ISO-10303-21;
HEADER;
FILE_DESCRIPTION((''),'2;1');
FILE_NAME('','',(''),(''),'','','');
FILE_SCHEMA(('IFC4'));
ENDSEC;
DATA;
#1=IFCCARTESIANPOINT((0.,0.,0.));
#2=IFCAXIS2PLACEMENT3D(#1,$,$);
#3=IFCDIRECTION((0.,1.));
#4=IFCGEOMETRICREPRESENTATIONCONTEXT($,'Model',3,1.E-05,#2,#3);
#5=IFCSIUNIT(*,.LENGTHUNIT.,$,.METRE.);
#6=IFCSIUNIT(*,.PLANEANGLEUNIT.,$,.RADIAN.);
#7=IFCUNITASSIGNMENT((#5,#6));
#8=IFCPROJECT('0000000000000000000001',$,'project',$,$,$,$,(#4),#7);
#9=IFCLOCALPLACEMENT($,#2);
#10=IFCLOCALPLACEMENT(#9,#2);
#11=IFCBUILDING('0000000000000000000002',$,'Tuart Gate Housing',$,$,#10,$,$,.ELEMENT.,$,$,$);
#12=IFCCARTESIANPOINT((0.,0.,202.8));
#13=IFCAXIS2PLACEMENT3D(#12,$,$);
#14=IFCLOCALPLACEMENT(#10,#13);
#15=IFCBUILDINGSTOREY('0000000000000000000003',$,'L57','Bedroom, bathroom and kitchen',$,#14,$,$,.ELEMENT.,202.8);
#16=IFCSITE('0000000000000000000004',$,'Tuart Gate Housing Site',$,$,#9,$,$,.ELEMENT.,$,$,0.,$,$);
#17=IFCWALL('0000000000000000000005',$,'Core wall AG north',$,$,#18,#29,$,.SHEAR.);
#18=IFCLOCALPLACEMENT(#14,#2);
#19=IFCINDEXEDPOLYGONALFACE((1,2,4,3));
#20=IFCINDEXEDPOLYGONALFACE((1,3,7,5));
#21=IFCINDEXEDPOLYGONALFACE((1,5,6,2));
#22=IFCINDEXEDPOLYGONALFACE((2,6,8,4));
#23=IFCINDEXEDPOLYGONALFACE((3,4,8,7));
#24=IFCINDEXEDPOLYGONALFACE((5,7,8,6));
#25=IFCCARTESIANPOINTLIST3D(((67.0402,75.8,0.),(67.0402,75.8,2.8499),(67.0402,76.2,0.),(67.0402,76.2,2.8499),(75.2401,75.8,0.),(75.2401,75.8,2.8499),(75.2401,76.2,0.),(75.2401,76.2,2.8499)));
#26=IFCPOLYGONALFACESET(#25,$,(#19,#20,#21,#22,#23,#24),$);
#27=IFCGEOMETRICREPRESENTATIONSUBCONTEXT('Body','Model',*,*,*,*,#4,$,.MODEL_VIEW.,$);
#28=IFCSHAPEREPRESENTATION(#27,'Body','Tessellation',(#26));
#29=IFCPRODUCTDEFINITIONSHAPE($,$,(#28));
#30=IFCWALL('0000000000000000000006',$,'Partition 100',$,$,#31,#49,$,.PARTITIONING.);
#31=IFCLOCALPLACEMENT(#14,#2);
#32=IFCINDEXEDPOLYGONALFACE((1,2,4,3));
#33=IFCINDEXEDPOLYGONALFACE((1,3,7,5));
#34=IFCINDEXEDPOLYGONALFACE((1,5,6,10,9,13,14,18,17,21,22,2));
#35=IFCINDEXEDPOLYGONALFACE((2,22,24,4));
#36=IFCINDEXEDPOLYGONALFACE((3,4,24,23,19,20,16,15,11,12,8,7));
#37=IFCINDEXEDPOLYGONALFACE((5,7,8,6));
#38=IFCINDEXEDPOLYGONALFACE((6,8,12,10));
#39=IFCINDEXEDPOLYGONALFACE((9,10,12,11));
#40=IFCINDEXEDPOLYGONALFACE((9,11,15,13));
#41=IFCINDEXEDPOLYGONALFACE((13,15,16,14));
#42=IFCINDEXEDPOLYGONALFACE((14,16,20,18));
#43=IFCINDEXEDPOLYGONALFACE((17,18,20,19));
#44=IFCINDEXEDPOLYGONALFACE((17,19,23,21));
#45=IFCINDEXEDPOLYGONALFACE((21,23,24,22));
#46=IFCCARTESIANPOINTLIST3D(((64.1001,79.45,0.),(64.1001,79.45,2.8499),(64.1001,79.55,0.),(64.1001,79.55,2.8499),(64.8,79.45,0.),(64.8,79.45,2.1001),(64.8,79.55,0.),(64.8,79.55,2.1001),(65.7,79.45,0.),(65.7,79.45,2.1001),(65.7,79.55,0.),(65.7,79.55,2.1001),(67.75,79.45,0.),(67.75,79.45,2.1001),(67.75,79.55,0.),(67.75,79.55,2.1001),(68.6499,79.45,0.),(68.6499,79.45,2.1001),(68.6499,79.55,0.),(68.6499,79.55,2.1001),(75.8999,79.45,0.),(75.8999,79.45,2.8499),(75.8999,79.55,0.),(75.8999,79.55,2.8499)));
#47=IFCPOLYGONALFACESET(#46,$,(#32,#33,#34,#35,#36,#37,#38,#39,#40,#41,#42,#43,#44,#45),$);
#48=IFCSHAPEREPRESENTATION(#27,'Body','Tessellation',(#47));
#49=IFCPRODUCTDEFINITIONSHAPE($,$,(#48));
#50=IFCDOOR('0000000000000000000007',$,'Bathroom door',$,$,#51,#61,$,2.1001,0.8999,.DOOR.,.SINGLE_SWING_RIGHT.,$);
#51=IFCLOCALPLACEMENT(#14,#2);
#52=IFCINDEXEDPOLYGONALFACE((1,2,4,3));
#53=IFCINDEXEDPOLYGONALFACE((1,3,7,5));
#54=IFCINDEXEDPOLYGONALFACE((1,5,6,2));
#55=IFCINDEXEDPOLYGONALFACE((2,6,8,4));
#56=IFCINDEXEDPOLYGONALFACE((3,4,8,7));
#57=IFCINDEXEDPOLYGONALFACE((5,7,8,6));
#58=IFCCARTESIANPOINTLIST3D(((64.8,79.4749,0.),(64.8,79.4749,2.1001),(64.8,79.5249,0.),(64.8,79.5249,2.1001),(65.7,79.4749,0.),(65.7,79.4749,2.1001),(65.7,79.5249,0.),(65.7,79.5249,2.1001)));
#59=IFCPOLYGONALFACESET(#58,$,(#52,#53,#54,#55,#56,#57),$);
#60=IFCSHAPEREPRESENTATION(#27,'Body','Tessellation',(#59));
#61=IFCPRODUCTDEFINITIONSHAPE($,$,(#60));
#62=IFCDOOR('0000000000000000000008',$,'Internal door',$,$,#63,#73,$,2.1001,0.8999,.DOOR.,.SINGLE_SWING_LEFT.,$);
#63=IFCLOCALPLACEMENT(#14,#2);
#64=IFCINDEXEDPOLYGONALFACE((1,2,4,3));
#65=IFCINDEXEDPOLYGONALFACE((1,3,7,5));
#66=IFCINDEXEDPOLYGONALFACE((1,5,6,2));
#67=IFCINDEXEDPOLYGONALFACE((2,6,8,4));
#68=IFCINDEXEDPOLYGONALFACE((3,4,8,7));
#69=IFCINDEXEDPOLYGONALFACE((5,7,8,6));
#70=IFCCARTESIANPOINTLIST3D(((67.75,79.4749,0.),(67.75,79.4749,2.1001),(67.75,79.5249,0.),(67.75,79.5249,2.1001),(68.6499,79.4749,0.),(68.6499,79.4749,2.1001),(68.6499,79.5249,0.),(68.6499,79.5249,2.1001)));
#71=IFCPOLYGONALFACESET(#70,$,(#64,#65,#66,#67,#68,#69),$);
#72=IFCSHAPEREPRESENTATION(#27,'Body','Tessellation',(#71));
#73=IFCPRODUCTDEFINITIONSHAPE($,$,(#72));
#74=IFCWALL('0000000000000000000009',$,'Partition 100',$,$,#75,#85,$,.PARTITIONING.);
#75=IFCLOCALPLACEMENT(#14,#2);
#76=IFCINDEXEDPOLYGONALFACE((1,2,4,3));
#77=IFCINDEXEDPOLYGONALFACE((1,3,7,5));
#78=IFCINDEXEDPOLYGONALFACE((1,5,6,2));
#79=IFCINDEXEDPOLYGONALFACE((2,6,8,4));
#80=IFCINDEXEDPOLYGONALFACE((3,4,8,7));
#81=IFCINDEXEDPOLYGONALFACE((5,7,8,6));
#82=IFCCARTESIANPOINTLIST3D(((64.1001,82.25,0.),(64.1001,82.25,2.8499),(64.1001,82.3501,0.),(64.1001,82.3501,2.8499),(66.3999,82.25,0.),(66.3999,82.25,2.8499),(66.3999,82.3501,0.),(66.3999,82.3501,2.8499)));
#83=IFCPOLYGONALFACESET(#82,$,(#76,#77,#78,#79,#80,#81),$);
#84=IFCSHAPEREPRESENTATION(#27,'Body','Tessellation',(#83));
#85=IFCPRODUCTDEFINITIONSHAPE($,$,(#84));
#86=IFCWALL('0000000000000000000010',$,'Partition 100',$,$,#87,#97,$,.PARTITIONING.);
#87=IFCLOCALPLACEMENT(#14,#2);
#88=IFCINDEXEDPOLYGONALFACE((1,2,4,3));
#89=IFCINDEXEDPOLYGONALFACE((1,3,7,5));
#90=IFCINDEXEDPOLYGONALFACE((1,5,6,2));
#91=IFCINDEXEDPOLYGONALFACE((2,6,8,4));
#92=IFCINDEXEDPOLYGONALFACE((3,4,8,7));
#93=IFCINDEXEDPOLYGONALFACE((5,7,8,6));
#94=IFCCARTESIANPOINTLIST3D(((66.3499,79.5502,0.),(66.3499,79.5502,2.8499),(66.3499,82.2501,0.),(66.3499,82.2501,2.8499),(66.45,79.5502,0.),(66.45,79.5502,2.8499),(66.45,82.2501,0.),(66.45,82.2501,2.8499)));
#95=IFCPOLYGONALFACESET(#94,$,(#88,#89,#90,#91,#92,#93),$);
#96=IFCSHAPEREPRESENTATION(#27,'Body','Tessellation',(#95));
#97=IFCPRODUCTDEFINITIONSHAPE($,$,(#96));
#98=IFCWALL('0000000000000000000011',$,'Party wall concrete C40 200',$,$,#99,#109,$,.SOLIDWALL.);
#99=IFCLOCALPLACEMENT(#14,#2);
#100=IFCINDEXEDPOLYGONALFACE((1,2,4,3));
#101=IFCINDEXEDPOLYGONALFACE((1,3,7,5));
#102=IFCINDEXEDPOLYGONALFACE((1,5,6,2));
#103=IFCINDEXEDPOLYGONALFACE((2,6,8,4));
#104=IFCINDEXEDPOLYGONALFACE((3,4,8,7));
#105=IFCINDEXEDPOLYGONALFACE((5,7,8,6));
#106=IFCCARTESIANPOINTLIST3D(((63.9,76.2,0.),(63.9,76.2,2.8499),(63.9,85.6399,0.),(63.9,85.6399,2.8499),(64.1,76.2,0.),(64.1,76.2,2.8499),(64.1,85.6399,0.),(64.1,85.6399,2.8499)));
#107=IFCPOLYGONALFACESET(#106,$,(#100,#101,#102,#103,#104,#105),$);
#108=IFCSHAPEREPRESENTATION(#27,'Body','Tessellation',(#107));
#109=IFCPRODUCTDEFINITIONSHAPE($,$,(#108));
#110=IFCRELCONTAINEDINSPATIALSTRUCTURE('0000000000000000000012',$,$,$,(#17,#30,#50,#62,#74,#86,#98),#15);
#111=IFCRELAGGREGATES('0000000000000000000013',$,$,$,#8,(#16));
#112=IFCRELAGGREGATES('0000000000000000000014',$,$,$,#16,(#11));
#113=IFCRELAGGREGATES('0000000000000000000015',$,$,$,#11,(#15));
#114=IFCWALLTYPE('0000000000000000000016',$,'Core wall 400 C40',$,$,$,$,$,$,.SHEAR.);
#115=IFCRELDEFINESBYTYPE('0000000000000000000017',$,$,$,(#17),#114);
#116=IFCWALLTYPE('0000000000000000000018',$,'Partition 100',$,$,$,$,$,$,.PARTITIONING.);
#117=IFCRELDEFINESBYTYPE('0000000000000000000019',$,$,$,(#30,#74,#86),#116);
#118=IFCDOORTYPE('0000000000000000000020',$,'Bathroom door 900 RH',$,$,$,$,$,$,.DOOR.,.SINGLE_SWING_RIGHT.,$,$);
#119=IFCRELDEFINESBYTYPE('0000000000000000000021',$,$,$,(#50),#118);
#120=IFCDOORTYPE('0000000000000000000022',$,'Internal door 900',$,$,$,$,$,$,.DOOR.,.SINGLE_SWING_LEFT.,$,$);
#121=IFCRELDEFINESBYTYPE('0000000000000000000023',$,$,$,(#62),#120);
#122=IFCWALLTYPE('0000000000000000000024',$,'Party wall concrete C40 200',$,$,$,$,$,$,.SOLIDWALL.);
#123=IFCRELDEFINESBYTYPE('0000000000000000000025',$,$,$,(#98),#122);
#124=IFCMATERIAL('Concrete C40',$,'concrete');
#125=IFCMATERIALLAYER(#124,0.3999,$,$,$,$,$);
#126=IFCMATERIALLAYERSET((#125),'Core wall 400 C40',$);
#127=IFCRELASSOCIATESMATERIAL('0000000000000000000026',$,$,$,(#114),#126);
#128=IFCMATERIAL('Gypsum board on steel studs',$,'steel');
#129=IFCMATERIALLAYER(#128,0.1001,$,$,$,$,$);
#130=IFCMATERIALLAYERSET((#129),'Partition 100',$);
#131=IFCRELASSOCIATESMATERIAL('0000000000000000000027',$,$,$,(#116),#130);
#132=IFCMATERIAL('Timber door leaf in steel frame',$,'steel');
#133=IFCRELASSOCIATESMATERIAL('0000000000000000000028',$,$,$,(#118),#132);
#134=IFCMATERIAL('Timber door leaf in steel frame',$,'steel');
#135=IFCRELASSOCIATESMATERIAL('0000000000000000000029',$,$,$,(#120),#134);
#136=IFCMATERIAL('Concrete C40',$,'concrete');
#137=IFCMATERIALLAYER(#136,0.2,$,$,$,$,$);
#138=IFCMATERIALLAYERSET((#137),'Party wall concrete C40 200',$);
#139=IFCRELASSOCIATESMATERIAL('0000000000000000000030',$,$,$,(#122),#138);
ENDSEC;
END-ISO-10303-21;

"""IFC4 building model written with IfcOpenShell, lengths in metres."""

from ifc_helpers import new_model, si_unit, direction, frame, frame_2d, origin, place, context, subcontext, project, spatial, rectangle, extrude, material, layer, layer_set, type_object, element, fill, save


model = new_model("IFC4")

# Units and contexts
model_context = context("Model", 3, precision=1e-05, world=origin(), true_north=direction((0.0, 1.0)))
body_context = subcontext(model_context, "Body", "Model", "MODEL_VIEW")
ifc_project = project(units=[si_unit("LENGTHUNIT", "METRE"), si_unit("PLANEANGLEUNIT", "RADIAN")], contexts=[model_context])

# Site, building, storey
site_placement = place(None, origin())
site = spatial("IfcSite", under=ifc_project, at=site_placement, Name="Tuart Gate Housing Site", CompositionType="ELEMENT", RefElevation=0.0)
building_placement = place(site_placement, origin())
building = spatial("IfcBuilding", under=site, at=building_placement, Name="Tuart Gate Housing", CompositionType="ELEMENT")
storey_placement = place(building_placement, frame((0.0, 0.0, 202.8)))
storey = spatial("IfcBuildingStorey", under=building, at=storey_placement, Name="L57", Description="Bedroom, bathroom and kitchen", CompositionType="ELEMENT", Elevation=202.8)

# Wall
ifc_material_1 = material(Name="Concrete C40", Category="concrete")
ifc_layer_1 = layer(ifc_material_1, 0.3999)
ifc_layer_set_1 = layer_set([ifc_layer_1], Name="Core wall 400 C40")
wall_type_1 = type_object("IfcWallType", Name="Core wall 400 C40", PredefinedType="SHEAR", material=ifc_layer_set_1)
wall_1_placement = place(storey_placement, frame((67.04, 76.0, 0.0), z_axis=(0.0, 0.0, 1.0), x_axis=(1.0, 0.0, 0.0)))
element("IfcWall", 1, at=wall_1_placement, inside=storey, type_object=wall_type_1, Name="Core wall AG north", PredefinedType="SHEAR", context=body_context, shape_type="SweptSolid", body=[
    extrude(rectangle(XDim=8.2, YDim=0.3999, at=frame_2d((4.1001, 0.0))), origin(), (0.0, 0.0, 1.0), 2.8499),
])

# Wall, openings, doors
ifc_material_2 = material(Name="Gypsum board on steel studs", Category="steel")
ifc_layer_2 = layer(ifc_material_2, 0.1001)
ifc_layer_set_2 = layer_set([ifc_layer_2], Name="Partition 100")
wall_type_2 = type_object("IfcWallType", Name="Partition 100", PredefinedType="PARTITIONING", material=ifc_layer_set_2)
wall_2_placement = place(storey_placement, frame((64.1001, 79.5, 0.0), z_axis=(0.0, 0.0, 1.0), x_axis=(1.0, 0.0, 0.0)))
wall_2 = element("IfcWall", 2, at=wall_2_placement, inside=storey, type_object=wall_type_2, Name="Partition 100", PredefinedType="PARTITIONING", context=body_context, shape_type="SweptSolid", body=[
    extrude(rectangle(XDim=11.7998, YDim=0.1001, at=frame_2d((5.8999, 0.0))), origin(), (0.0, 0.0, 1.0), 2.8499),
])
opening_1_placement = place(wall_2_placement, frame((3.6499, 0.0, 0.0)))
opening_1 = element("IfcOpeningElement", 3, at=opening_1_placement, cuts=wall_2, PredefinedType="OPENING", context=body_context, shape_type="SweptSolid", body=[
    extrude(rectangle(XDim=0.8999, YDim=2.1001, at=frame_2d((0.45, 1.05))), frame((0.0, 0.0601, 0.0), z_axis=(0.0, -1.0, 0.0), x_axis=(1.0, 0.0, 0.0)), (0.0, 0.0, 1.0), 0.1201),
])
opening_2_placement = place(wall_2_placement, frame((0.7, 0.0, 0.0)))
opening_2 = element("IfcOpeningElement", 4, at=opening_2_placement, cuts=wall_2, PredefinedType="OPENING", context=body_context, shape_type="SweptSolid", body=[
    extrude(rectangle(XDim=0.8999, YDim=2.1001, at=frame_2d((0.45, 1.05))), frame((0.0, 0.0601, 0.0), z_axis=(0.0, -1.0, 0.0), x_axis=(1.0, 0.0, 0.0)), (0.0, 0.0, 1.0), 0.1201),
])
ifc_material_3 = material(Name="Timber door leaf in steel frame", Category="steel")
door_type_1 = type_object("IfcDoorType", Name="Bathroom door 900 RH", OperationType="SINGLE_SWING_RIGHT", PredefinedType="DOOR", material=ifc_material_3)
door_1_placement = place(opening_2_placement, origin())
door_1 = element("IfcDoor", 5, at=door_1_placement, inside=storey, type_object=door_type_1, Name="Bathroom door", OperationType="SINGLE_SWING_RIGHT", OverallHeight=2.1001, OverallWidth=0.8999, PredefinedType="DOOR", context=body_context, shape_type="SweptSolid", body=[
    extrude(rectangle(XDim=0.8999, YDim=2.1001, at=frame_2d((0.45, 1.05))), frame((0.0, 0.0249, 0.0), z_axis=(0.0, -1.0, 0.0), x_axis=(1.0, 0.0, 0.0)), (0.0, 0.0, 1.0), 0.05),
])
fill(opening_2, door_1)
ifc_material_4 = material(Name="Timber door leaf in steel frame", Category="steel")
door_type_2 = type_object("IfcDoorType", Name="Internal door 900", OperationType="SINGLE_SWING_LEFT", PredefinedType="DOOR", material=ifc_material_4)
door_2_placement = place(opening_1_placement, frame((0.8999, 0.0, 0.0), z_axis=(0.0, 0.0, 1.0), x_axis=(-1.0, 0.0, 0.0)))
door_2 = element("IfcDoor", 6, at=door_2_placement, inside=storey, type_object=door_type_2, Name="Internal door", OperationType="SINGLE_SWING_LEFT", OverallHeight=2.1001, OverallWidth=0.8999, PredefinedType="DOOR", context=body_context, shape_type="SweptSolid", body=[
    extrude(rectangle(XDim=0.8999, YDim=2.1001, at=frame_2d((0.45, 1.05))), frame((0.0, 0.0251, 0.0), z_axis=(0.0, -1.0, 0.0), x_axis=(1.0, 0.0, 0.0)), (0.0, 0.0, 1.0), 0.05),
])
fill(opening_1, door_2)

# Walls
wall_3_placement = place(storey_placement, frame((64.1001, 82.3, 0.0), z_axis=(0.0, 0.0, 1.0), x_axis=(1.0, 0.0, 0.0)))
element("IfcWall", 7, at=wall_3_placement, inside=storey, type_object=wall_type_2, Name="Partition 100", PredefinedType="PARTITIONING", context=body_context, shape_type="SweptSolid", body=[
    extrude(rectangle(XDim=2.2998, YDim=0.1001, at=frame_2d((1.1499, 0.0))), origin(), (0.0, 0.0, 1.0), 2.8499),
])
wall_4_placement = place(storey_placement, frame((66.3999, 79.55, 0.0), z_axis=(0.0, 0.0, 1.0), x_axis=(0.0, 1.0, 0.0)))
element("IfcWall", 8, at=wall_4_placement, inside=storey, type_object=wall_type_2, Name="Partition 100", PredefinedType="PARTITIONING", context=body_context, shape_type="SweptSolid", body=[
    extrude(rectangle(XDim=2.7, YDim=0.1001, at=frame_2d((1.3501, 0.0))), origin(), (0.0, 0.0, 1.0), 2.8499),
])
ifc_material_5 = material(Name="Concrete C40", Category="concrete")
ifc_layer_3 = layer(ifc_material_5, 0.2)
ifc_layer_set_3 = layer_set([ifc_layer_3], Name="Party wall concrete C40 200")
wall_type_3 = type_object("IfcWallType", Name="Party wall concrete C40 200", PredefinedType="SOLIDWALL", material=ifc_layer_set_3)
wall_5_placement = place(storey_placement, frame((64.0, 76.2, 0.0), z_axis=(0.0, 0.0, 1.0), x_axis=(0.0, 1.0, 0.0)))
element("IfcWall", 9, at=wall_5_placement, inside=storey, type_object=wall_type_3, Name="Party wall concrete C40 200", PredefinedType="SOLIDWALL", context=body_context, shape_type="SweptSolid", body=[
    extrude(rectangle(XDim=9.4399, YDim=0.2, at=frame_2d((4.72, 0.0))), origin(), (0.0, 0.0, 1.0), 2.8499),
])

save(model, "model.ifc")
